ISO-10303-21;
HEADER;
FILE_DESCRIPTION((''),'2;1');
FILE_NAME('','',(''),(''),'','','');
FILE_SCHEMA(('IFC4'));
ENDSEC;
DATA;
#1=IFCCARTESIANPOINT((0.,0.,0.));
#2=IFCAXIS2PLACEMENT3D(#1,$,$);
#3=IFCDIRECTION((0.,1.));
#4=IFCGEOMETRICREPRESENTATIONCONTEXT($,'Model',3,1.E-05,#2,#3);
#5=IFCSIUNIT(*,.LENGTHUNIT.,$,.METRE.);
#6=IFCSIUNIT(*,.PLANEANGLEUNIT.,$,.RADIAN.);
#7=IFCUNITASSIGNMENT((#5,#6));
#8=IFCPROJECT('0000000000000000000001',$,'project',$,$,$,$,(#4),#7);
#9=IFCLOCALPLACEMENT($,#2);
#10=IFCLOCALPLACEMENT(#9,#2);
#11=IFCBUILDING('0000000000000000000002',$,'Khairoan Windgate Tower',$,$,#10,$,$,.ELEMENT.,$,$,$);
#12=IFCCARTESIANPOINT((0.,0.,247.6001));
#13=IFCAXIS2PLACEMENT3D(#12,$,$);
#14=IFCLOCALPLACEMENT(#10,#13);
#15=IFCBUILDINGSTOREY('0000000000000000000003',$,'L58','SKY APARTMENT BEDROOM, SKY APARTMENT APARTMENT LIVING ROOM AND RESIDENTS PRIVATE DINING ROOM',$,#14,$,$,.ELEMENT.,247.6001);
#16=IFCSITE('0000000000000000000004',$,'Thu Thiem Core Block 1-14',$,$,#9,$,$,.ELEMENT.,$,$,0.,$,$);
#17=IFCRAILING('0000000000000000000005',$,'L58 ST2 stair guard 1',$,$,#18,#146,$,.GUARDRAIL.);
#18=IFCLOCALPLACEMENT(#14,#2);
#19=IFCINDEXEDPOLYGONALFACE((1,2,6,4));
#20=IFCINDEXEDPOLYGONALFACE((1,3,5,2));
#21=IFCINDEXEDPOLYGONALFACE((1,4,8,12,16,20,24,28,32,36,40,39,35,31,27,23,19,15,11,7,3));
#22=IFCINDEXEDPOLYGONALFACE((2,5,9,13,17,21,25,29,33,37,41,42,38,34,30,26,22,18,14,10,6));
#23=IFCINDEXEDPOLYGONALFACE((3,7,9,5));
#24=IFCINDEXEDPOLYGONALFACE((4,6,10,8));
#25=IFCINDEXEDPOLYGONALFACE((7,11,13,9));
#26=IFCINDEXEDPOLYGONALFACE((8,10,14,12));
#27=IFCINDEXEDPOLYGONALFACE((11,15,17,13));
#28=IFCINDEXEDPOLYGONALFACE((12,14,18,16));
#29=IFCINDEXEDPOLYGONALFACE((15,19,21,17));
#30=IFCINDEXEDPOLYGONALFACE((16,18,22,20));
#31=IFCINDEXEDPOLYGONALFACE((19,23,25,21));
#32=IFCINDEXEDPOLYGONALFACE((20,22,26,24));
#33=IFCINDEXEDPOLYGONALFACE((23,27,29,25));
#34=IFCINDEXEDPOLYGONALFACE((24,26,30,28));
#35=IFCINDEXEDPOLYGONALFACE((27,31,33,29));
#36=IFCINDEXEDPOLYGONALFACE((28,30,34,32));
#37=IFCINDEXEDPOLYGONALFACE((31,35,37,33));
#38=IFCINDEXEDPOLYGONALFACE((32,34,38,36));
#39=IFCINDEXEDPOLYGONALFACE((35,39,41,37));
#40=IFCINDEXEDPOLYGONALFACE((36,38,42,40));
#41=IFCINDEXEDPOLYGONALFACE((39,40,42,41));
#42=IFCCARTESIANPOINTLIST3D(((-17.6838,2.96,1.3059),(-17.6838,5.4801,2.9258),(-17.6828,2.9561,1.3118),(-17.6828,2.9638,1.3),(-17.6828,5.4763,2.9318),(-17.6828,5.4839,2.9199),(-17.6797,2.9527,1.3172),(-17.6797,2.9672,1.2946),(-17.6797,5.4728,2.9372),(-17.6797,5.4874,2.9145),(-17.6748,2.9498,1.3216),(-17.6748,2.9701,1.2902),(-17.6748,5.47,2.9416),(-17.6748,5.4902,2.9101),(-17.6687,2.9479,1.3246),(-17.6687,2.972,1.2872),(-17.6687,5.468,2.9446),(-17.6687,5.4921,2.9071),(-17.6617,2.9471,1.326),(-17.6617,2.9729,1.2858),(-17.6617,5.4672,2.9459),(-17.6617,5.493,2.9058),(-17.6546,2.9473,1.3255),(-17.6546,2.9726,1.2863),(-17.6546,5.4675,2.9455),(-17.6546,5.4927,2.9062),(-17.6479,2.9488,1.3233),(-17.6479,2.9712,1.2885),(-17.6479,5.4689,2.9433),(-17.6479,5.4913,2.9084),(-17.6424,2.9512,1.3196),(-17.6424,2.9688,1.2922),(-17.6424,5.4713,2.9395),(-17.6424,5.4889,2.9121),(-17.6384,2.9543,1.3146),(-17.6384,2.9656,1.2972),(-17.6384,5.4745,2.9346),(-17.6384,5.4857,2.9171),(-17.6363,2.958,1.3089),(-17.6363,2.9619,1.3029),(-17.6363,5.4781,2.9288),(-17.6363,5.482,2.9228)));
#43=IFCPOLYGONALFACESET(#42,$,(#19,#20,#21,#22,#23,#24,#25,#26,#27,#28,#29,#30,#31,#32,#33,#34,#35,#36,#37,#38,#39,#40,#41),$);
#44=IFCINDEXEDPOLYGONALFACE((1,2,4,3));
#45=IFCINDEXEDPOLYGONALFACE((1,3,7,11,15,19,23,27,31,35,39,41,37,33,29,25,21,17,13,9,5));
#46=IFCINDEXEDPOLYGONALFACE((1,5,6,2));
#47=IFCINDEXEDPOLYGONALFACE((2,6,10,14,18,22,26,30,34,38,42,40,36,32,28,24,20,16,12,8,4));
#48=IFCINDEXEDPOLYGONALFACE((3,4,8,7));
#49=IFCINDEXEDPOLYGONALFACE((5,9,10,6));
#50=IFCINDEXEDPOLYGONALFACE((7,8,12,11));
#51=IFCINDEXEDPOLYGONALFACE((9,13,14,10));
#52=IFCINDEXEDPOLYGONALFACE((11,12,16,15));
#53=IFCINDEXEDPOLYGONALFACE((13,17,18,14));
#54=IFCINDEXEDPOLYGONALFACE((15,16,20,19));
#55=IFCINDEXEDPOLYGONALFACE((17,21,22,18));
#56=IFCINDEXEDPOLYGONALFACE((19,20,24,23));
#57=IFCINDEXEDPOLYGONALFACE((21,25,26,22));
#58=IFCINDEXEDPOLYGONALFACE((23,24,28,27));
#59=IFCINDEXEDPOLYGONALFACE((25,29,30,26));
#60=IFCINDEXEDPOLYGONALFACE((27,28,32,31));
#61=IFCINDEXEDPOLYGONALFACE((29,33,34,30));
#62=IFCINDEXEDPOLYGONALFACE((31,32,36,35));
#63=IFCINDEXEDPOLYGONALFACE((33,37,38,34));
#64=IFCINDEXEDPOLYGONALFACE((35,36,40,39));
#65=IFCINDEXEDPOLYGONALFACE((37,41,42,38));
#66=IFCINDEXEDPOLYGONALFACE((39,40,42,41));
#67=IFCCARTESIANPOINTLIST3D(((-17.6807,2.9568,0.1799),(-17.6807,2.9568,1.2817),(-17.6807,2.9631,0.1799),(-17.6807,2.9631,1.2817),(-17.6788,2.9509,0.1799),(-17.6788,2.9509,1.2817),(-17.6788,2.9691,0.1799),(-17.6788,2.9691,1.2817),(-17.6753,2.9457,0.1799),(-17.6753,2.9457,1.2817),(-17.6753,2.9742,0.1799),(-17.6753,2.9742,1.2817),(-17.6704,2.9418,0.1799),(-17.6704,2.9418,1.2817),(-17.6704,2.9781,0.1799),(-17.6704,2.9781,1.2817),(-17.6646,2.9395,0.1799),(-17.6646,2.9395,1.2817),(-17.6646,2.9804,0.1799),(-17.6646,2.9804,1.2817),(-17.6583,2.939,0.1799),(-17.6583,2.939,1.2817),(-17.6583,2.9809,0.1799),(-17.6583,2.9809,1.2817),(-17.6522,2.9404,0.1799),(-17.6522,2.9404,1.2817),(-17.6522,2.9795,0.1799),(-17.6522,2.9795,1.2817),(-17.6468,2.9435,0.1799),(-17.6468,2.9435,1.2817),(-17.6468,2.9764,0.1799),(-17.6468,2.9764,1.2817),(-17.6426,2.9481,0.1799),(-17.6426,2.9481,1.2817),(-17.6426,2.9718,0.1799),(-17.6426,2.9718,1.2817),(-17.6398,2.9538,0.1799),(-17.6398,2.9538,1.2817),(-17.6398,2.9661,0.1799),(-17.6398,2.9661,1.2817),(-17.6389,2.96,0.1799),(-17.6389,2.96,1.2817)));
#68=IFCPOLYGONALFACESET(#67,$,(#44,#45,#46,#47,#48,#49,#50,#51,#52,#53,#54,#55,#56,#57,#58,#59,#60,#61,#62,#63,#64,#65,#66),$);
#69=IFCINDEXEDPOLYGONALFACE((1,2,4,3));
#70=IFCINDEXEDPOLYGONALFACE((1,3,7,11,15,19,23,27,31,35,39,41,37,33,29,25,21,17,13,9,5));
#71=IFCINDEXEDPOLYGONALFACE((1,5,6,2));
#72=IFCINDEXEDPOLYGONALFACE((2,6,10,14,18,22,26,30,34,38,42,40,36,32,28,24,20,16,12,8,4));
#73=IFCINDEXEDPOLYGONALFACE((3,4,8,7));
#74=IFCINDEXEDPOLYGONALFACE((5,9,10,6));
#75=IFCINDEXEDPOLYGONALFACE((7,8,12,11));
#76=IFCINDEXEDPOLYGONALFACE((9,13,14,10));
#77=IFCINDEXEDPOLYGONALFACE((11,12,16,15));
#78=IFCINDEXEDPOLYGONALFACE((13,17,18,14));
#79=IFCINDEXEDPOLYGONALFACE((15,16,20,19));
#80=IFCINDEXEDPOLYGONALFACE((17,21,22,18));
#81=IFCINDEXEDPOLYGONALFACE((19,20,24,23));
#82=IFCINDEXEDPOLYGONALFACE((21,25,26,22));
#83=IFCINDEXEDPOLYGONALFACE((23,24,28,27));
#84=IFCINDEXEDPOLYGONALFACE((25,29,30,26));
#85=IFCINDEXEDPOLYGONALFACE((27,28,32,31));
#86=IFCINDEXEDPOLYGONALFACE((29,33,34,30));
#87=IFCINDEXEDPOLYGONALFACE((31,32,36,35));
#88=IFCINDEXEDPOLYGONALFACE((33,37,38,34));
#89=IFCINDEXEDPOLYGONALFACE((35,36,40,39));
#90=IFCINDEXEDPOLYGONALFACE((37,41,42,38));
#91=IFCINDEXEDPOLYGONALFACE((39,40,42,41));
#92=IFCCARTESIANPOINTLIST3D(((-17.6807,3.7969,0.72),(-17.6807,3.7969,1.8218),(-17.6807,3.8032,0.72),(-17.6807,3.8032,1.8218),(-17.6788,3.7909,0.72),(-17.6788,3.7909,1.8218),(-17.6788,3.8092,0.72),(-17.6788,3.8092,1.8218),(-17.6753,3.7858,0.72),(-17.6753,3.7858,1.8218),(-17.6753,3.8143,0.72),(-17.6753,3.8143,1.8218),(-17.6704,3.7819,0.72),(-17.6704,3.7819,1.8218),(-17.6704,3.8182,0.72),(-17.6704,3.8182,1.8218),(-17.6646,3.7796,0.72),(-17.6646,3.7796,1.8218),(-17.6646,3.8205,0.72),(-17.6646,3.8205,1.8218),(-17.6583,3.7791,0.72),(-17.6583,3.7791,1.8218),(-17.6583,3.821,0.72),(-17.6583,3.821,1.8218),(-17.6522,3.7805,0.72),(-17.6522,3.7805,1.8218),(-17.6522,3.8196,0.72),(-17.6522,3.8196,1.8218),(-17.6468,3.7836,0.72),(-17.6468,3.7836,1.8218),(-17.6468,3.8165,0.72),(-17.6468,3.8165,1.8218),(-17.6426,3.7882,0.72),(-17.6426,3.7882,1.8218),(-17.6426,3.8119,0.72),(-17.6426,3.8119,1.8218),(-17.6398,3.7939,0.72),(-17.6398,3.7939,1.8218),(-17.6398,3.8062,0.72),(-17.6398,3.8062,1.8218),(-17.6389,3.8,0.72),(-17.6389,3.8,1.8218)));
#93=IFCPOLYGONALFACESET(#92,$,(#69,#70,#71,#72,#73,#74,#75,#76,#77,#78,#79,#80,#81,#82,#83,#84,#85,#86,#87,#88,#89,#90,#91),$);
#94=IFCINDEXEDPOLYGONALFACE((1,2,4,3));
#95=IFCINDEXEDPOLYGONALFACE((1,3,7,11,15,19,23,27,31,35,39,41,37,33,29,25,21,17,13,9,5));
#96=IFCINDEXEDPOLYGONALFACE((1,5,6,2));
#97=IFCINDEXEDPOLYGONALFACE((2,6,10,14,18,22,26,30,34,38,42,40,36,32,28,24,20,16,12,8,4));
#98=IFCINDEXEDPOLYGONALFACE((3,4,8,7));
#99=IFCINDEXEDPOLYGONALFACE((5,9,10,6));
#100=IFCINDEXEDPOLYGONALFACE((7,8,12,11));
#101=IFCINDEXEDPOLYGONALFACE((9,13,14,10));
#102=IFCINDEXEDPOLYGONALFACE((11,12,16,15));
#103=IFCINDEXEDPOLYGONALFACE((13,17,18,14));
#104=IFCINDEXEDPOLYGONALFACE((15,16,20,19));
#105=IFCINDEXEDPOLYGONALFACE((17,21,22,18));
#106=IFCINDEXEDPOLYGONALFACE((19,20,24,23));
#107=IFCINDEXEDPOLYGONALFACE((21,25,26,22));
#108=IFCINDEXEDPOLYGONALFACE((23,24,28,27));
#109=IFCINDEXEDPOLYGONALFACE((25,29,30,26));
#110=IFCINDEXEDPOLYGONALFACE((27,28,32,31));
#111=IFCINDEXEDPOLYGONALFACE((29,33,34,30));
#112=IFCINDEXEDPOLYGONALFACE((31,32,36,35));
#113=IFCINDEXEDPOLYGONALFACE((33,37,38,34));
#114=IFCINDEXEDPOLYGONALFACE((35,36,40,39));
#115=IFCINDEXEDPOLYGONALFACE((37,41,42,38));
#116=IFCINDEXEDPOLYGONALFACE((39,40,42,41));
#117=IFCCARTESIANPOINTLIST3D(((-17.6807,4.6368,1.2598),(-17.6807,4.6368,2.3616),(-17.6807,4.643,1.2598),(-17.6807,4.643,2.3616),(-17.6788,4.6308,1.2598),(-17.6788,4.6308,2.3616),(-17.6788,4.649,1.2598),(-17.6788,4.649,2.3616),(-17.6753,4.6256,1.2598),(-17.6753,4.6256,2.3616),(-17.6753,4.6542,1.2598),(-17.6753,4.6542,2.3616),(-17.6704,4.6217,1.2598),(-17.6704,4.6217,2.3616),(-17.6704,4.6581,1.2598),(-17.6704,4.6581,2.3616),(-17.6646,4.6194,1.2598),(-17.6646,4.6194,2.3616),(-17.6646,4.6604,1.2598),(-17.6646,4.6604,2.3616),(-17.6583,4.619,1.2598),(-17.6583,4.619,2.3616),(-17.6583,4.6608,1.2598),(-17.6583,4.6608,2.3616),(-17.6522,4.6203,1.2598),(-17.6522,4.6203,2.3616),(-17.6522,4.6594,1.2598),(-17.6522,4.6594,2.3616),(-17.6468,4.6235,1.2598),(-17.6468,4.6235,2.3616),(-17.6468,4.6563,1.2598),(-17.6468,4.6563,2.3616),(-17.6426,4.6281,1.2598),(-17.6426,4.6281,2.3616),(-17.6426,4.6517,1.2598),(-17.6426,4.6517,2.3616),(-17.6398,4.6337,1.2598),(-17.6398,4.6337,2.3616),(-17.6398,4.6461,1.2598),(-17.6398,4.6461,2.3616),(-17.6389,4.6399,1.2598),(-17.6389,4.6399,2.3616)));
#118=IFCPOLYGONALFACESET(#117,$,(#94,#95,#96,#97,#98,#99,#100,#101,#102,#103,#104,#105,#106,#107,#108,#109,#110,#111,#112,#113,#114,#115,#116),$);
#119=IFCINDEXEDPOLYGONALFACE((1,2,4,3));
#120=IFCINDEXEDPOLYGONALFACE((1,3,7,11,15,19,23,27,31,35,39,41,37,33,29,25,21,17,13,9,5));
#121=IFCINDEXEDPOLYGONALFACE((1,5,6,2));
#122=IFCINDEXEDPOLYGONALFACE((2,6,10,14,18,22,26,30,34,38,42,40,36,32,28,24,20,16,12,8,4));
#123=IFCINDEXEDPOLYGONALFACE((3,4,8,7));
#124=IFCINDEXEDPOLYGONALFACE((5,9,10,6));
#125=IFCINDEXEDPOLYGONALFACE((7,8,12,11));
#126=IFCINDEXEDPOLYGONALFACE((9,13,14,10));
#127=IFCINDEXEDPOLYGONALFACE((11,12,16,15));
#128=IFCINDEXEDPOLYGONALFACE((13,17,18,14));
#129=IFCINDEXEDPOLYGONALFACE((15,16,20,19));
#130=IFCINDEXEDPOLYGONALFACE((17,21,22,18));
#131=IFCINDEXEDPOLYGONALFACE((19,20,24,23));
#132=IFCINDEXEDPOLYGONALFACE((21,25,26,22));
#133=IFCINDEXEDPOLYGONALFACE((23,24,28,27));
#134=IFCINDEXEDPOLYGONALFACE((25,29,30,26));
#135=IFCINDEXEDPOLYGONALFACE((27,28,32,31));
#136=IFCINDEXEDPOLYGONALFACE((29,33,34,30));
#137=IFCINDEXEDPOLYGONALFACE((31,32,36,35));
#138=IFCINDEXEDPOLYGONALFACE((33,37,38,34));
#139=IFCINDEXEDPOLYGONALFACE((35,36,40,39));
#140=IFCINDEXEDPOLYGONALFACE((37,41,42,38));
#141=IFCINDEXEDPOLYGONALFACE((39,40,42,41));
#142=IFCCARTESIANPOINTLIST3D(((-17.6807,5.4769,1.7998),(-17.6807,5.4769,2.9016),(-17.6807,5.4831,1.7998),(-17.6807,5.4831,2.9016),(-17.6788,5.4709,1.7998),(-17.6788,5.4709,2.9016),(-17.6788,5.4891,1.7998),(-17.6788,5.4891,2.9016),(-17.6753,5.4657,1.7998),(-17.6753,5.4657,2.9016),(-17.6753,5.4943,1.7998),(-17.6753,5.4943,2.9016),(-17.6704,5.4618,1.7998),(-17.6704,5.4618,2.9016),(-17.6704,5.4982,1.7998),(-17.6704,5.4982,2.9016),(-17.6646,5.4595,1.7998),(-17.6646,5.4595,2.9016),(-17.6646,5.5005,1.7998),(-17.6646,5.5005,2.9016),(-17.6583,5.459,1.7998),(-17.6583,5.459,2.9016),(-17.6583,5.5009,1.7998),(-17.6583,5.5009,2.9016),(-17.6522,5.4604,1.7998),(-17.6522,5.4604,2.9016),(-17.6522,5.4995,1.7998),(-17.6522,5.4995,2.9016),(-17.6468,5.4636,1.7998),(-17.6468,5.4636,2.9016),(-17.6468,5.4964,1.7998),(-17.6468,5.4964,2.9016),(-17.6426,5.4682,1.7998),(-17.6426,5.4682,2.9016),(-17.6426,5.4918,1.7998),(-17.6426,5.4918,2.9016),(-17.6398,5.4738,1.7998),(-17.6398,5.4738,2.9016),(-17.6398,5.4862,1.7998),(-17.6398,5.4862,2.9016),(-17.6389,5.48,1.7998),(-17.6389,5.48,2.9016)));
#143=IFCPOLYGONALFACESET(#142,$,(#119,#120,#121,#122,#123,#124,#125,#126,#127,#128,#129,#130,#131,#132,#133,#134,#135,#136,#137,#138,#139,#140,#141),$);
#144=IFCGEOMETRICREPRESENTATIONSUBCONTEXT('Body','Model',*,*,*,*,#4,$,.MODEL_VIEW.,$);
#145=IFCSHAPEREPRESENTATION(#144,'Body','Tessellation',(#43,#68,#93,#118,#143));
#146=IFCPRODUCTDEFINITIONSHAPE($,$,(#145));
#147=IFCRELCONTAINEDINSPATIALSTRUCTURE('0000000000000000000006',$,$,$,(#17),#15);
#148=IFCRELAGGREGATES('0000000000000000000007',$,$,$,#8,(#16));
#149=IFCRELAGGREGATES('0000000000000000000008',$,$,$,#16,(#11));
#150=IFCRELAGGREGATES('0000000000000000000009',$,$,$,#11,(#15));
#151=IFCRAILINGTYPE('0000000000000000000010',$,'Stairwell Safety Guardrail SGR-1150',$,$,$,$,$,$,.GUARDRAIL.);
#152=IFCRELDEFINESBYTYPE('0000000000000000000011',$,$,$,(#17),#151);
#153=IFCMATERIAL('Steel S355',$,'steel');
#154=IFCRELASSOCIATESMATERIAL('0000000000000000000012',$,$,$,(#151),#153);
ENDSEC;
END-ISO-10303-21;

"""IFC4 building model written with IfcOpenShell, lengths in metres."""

from ifc_helpers import new_model, si_unit, direction, frame, origin, origin_2d, place, context, subcontext, project, spatial, circle, extrude, material, type_object, element, save


model = new_model("IFC4")

# Units and contexts
model_context = context("Model", 3, precision=1e-05, world=origin(), true_north=direction((0.0, 1.0)))
body_context = subcontext(model_context, "Body", "Model", "MODEL_VIEW")
ifc_project = project(units=[si_unit("LENGTHUNIT", "METRE"), si_unit("PLANEANGLEUNIT", "RADIAN")], contexts=[model_context])

# Site, building, storey
site_placement = place(None, origin())
site = spatial("IfcSite", under=ifc_project, at=site_placement, Name="Thu Thiem Core Block 1-14", CompositionType="ELEMENT", RefElevation=0.0)
building_placement = place(site_placement, origin())
building = spatial("IfcBuilding", under=site, at=building_placement, Name="Khairoan Windgate Tower", CompositionType="ELEMENT")
storey_placement = place(building_placement, frame((0.0, 0.0, 247.6001)))
storey = spatial("IfcBuildingStorey", under=building, at=storey_placement, Name="L58", Description="SKY APARTMENT BEDROOM, SKY APARTMENT APARTMENT LIVING ROOM AND RESIDENTS PRIVATE DINING ROOM", CompositionType="ELEMENT", Elevation=247.6001)

# Railing
ifc_material_1 = material(Name="Steel S355", Category="steel")
railing_type_1 = type_object("IfcRailingType", Name="Stairwell Safety Guardrail SGR-1150", PredefinedType="GUARDRAIL", material=ifc_material_1)
railing_1_placement = place(storey_placement, frame((-17.6599, 2.96, 0.1799)))
element("IfcRailing", 1, at=railing_1_placement, inside=storey, type_object=railing_type_1, Name="L58 ST2 stair guard 1", PredefinedType="GUARDRAIL", context=body_context, shape_type="SweptSolid", body=[
    extrude(circle(Radius=0.0239, at=origin_2d()), frame((0.0, 0.0, 1.126), z_axis=(0.0, 0.8412, 0.540725), x_axis=(-1.0, 0.0, 0.0)), (0.0, 0.0, 1.0), 2.9958),
    extrude(circle(Radius=0.021, at=origin_2d()), origin(), (0.0, 0.0, 1.0), 1.1018),
    extrude(circle(Radius=0.021, at=origin_2d()), frame((0.0, 0.8401, 0.54)), (0.0, 0.0, 1.0), 1.1018),
    extrude(circle(Radius=0.021, at=origin_2d()), frame((0.0, 1.6799, 1.0798)), (0.0, 0.0, 1.0), 1.1018),
    extrude(circle(Radius=0.021, at=origin_2d()), frame((0.0, 2.52, 1.6199)), (0.0, 0.0, 1.0), 1.1018),
])

save(model, "model.ifc")
